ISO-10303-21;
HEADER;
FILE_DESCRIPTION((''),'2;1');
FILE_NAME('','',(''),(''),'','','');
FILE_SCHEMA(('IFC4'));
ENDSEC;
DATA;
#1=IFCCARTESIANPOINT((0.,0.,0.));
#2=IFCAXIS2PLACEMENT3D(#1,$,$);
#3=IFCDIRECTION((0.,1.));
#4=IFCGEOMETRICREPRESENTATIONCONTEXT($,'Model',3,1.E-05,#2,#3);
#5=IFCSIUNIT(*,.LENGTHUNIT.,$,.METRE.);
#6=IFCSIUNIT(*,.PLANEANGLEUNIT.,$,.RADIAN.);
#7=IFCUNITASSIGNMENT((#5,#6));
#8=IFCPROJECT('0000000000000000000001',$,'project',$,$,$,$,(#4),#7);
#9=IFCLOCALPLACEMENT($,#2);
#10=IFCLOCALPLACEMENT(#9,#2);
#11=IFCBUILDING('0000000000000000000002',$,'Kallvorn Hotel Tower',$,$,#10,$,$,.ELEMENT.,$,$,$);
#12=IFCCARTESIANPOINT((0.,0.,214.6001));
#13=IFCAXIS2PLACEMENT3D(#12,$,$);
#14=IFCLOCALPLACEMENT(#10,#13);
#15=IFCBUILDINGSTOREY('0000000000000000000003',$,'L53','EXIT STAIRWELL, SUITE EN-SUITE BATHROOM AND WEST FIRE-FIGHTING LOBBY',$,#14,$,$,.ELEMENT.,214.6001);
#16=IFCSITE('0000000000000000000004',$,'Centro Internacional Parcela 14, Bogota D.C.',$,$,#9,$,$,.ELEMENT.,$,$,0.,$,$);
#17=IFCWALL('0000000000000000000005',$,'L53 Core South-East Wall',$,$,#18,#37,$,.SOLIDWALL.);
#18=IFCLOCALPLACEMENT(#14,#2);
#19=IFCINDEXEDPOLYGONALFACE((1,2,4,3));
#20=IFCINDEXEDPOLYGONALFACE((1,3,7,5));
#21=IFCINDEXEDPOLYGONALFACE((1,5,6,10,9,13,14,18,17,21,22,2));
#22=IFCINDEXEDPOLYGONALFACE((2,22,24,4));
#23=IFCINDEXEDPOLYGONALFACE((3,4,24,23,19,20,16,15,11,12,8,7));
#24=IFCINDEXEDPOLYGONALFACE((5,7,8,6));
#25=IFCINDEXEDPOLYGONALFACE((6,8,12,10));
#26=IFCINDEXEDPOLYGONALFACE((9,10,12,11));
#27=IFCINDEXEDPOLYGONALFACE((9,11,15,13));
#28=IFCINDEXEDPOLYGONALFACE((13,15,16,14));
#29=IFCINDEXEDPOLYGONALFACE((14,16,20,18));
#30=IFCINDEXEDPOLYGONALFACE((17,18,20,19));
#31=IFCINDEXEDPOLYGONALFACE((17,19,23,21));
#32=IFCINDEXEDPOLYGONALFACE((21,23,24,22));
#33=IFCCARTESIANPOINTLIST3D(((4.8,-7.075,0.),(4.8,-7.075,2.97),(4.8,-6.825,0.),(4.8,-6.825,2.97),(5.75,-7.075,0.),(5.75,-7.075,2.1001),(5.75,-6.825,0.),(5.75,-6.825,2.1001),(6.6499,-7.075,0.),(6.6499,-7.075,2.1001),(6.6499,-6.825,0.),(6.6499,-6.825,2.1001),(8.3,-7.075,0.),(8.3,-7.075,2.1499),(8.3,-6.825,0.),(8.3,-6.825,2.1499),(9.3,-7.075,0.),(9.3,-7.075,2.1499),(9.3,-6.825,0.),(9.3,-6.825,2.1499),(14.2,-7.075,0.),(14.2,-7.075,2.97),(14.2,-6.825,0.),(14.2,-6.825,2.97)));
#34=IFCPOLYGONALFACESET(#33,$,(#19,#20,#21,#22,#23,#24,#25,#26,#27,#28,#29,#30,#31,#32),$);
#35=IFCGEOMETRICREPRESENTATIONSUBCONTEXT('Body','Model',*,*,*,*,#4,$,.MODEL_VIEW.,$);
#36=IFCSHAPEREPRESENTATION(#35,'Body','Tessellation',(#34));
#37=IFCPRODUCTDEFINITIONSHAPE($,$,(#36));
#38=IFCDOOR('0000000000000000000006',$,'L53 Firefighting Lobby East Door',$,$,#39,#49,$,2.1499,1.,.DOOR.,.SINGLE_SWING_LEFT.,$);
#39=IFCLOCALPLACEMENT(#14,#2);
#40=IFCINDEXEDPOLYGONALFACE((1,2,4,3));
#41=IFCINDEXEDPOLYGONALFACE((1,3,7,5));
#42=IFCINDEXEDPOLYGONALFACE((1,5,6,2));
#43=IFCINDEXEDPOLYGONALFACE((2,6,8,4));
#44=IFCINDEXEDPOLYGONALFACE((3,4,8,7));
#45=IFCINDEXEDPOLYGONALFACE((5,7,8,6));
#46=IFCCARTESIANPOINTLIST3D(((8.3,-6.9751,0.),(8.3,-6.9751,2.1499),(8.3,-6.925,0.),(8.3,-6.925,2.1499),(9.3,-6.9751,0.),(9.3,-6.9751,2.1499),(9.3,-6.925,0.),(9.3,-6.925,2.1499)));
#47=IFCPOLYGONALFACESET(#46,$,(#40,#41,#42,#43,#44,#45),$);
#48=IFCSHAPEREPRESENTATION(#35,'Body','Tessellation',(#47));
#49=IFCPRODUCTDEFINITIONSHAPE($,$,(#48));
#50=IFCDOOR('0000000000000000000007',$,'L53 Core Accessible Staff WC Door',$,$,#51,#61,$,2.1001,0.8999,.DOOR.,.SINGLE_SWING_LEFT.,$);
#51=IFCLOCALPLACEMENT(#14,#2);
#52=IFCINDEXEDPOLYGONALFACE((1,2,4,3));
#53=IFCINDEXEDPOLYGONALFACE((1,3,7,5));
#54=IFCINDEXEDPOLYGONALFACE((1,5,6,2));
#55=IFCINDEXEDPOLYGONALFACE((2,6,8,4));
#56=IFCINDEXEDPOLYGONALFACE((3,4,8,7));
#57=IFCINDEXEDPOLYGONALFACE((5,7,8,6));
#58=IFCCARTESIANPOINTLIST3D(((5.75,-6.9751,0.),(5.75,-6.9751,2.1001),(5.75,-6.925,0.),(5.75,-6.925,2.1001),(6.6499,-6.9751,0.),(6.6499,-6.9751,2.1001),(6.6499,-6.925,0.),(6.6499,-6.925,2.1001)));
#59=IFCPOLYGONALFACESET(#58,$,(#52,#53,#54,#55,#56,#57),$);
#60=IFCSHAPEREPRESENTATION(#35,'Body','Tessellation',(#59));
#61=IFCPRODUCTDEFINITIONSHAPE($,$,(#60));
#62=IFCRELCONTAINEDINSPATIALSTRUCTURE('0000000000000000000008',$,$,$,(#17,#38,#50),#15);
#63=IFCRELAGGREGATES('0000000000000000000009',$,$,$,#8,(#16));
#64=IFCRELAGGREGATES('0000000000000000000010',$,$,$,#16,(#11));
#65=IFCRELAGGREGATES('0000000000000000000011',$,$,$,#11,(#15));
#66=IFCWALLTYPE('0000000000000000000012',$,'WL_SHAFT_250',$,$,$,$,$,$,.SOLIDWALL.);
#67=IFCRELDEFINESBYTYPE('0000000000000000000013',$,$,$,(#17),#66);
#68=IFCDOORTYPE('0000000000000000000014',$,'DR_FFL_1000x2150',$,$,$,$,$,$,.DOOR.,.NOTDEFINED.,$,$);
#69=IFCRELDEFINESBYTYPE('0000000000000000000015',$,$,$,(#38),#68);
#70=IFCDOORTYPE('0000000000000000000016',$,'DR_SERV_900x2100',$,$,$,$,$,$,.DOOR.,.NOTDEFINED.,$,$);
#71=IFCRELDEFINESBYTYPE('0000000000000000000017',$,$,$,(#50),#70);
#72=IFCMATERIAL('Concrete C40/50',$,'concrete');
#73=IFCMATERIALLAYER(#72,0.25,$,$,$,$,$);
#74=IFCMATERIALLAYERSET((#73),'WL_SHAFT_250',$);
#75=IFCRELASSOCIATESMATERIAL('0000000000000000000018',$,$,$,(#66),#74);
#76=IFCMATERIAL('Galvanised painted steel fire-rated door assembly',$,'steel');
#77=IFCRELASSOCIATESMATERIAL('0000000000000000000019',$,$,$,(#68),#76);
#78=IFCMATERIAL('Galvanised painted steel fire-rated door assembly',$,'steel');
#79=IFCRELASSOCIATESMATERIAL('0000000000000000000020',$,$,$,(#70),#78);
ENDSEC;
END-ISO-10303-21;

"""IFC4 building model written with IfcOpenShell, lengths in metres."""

from ifc_helpers import new_model, si_unit, direction, frame, frame_2d, origin, place, context, subcontext, project, spatial, rectangle, extrude, material, layer, layer_set, type_object, element, fill, save


model = new_model("IFC4")

# Units and contexts
model_context = context("Model", 3, precision=1e-05, world=origin(), true_north=direction((0.0, 1.0)))
body_context = subcontext(model_context, "Body", "Model", "MODEL_VIEW")
ifc_project = project(units=[si_unit("LENGTHUNIT", "METRE"), si_unit("PLANEANGLEUNIT", "RADIAN")], contexts=[model_context])

# Site, building, storey
site_placement = place(None, origin())
site = spatial("IfcSite", under=ifc_project, at=site_placement, Name="Centro Internacional Parcela 14, Bogota D.C.", CompositionType="ELEMENT", RefElevation=0.0)
building_placement = place(site_placement, origin())
building = spatial("IfcBuilding", under=site, at=building_placement, Name="Kallvorn Hotel Tower", CompositionType="ELEMENT")
storey_placement = place(building_placement, frame((0.0, 0.0, 214.6001)))
storey = spatial("IfcBuildingStorey", under=building, at=storey_placement, Name="L53", Description="EXIT STAIRWELL, SUITE EN-SUITE BATHROOM AND WEST FIRE-FIGHTING LOBBY", CompositionType="ELEMENT", Elevation=214.6001)

# Wall, openings, doors
ifc_material_1 = material(Name="Concrete C40/50", Category="concrete")
ifc_layer_1 = layer(ifc_material_1, 0.25)
ifc_layer_set_1 = layer_set([ifc_layer_1], Name="WL_SHAFT_250")
wall_type_1 = type_object("IfcWallType", Name="WL_SHAFT_250", PredefinedType="SOLIDWALL", material=ifc_layer_set_1)
wall_1_placement = place(storey_placement, frame((4.8, -6.95, 0.0), z_axis=(0.0, 0.0, 1.0), x_axis=(1.0, 0.0, 0.0)))
wall_1 = element("IfcWall", 1, at=wall_1_placement, inside=storey, type_object=wall_type_1, Name="L53 Core South-East Wall", PredefinedType="SOLIDWALL", context=body_context, shape_type="SweptSolid", body=[
    extrude(rectangle(XDim=9.3999, YDim=0.25, at=frame_2d((4.7, 0.0))), origin(), (0.0, 0.0, 1.0), 2.97),
])
opening_1_placement = place(wall_1_placement, frame((3.5, 0.0, 0.0)))
opening_1 = element("IfcOpeningElement", 2, at=opening_1_placement, cuts=wall_1, PredefinedType="OPENING", context=body_context, shape_type="SweptSolid", body=[
    extrude(rectangle(XDim=1.0, YDim=2.1499, at=frame_2d((0.5, 1.075))), frame((0.0, 0.1399, 0.0), z_axis=(0.0, -1.0, 0.0), x_axis=(1.0, 0.0, 0.0)), (0.0, 0.0, 1.0), 0.28),
])
opening_2_placement = place(wall_1_placement, frame((0.95, 0.0, 0.0)))
opening_2 = element("IfcOpeningElement", 3, at=opening_2_placement, cuts=wall_1, PredefinedType="OPENING", context=body_context, shape_type="SweptSolid", body=[
    extrude(rectangle(XDim=0.8999, YDim=2.1001, at=frame_2d((0.45, 1.05))), frame((0.0, 0.1399, 0.0), z_axis=(0.0, -1.0, 0.0), x_axis=(1.0, 0.0, 0.0)), (0.0, 0.0, 1.0), 0.28),
])
ifc_material_2 = material(Name="Galvanised painted steel fire-rated door assembly", Category="steel")
door_type_1 = type_object("IfcDoorType", Name="DR_FFL_1000x2150", OperationType="NOTDEFINED", PredefinedType="DOOR", material=ifc_material_2)
door_1_placement = place(opening_1_placement, origin())
door_1 = element("IfcDoor", 4, at=door_1_placement, inside=storey, type_object=door_type_1, Name="L53 Firefighting Lobby East Door", OperationType="SINGLE_SWING_LEFT", OverallHeight=2.1499, OverallWidth=1.0, PredefinedType="DOOR", context=body_context, shape_type="SweptSolid", body=[
    extrude(rectangle(XDim=1.0, YDim=2.1499, at=frame_2d((0.5, 1.075))), frame((0.0, 0.0249, 0.0), z_axis=(0.0, -1.0, 0.0), x_axis=(1.0, 0.0, 0.0)), (0.0, 0.0, 1.0), 0.05),
])
fill(opening_1, door_1)
ifc_material_3 = material(Name="Galvanised painted steel fire-rated door assembly", Category="steel")
door_type_2 = type_object("IfcDoorType", Name="DR_SERV_900x2100", OperationType="NOTDEFINED", PredefinedType="DOOR", material=ifc_material_3)
door_2_placement = place(opening_2_placement, origin())
door_2 = element("IfcDoor", 5, at=door_2_placement, inside=storey, type_object=door_type_2, Name="L53 Core Accessible Staff WC Door", OperationType="SINGLE_SWING_LEFT", OverallHeight=2.1001, OverallWidth=0.8999, PredefinedType="DOOR", context=body_context, shape_type="SweptSolid", body=[
    extrude(rectangle(XDim=0.8999, YDim=2.1001, at=frame_2d((0.45, 1.05))), frame((0.0, 0.0249, 0.0), z_axis=(0.0, -1.0, 0.0), x_axis=(1.0, 0.0, 0.0)), (0.0, 0.0, 1.0), 0.05),
])
fill(opening_2, door_2)

save(model, "model.ifc")
